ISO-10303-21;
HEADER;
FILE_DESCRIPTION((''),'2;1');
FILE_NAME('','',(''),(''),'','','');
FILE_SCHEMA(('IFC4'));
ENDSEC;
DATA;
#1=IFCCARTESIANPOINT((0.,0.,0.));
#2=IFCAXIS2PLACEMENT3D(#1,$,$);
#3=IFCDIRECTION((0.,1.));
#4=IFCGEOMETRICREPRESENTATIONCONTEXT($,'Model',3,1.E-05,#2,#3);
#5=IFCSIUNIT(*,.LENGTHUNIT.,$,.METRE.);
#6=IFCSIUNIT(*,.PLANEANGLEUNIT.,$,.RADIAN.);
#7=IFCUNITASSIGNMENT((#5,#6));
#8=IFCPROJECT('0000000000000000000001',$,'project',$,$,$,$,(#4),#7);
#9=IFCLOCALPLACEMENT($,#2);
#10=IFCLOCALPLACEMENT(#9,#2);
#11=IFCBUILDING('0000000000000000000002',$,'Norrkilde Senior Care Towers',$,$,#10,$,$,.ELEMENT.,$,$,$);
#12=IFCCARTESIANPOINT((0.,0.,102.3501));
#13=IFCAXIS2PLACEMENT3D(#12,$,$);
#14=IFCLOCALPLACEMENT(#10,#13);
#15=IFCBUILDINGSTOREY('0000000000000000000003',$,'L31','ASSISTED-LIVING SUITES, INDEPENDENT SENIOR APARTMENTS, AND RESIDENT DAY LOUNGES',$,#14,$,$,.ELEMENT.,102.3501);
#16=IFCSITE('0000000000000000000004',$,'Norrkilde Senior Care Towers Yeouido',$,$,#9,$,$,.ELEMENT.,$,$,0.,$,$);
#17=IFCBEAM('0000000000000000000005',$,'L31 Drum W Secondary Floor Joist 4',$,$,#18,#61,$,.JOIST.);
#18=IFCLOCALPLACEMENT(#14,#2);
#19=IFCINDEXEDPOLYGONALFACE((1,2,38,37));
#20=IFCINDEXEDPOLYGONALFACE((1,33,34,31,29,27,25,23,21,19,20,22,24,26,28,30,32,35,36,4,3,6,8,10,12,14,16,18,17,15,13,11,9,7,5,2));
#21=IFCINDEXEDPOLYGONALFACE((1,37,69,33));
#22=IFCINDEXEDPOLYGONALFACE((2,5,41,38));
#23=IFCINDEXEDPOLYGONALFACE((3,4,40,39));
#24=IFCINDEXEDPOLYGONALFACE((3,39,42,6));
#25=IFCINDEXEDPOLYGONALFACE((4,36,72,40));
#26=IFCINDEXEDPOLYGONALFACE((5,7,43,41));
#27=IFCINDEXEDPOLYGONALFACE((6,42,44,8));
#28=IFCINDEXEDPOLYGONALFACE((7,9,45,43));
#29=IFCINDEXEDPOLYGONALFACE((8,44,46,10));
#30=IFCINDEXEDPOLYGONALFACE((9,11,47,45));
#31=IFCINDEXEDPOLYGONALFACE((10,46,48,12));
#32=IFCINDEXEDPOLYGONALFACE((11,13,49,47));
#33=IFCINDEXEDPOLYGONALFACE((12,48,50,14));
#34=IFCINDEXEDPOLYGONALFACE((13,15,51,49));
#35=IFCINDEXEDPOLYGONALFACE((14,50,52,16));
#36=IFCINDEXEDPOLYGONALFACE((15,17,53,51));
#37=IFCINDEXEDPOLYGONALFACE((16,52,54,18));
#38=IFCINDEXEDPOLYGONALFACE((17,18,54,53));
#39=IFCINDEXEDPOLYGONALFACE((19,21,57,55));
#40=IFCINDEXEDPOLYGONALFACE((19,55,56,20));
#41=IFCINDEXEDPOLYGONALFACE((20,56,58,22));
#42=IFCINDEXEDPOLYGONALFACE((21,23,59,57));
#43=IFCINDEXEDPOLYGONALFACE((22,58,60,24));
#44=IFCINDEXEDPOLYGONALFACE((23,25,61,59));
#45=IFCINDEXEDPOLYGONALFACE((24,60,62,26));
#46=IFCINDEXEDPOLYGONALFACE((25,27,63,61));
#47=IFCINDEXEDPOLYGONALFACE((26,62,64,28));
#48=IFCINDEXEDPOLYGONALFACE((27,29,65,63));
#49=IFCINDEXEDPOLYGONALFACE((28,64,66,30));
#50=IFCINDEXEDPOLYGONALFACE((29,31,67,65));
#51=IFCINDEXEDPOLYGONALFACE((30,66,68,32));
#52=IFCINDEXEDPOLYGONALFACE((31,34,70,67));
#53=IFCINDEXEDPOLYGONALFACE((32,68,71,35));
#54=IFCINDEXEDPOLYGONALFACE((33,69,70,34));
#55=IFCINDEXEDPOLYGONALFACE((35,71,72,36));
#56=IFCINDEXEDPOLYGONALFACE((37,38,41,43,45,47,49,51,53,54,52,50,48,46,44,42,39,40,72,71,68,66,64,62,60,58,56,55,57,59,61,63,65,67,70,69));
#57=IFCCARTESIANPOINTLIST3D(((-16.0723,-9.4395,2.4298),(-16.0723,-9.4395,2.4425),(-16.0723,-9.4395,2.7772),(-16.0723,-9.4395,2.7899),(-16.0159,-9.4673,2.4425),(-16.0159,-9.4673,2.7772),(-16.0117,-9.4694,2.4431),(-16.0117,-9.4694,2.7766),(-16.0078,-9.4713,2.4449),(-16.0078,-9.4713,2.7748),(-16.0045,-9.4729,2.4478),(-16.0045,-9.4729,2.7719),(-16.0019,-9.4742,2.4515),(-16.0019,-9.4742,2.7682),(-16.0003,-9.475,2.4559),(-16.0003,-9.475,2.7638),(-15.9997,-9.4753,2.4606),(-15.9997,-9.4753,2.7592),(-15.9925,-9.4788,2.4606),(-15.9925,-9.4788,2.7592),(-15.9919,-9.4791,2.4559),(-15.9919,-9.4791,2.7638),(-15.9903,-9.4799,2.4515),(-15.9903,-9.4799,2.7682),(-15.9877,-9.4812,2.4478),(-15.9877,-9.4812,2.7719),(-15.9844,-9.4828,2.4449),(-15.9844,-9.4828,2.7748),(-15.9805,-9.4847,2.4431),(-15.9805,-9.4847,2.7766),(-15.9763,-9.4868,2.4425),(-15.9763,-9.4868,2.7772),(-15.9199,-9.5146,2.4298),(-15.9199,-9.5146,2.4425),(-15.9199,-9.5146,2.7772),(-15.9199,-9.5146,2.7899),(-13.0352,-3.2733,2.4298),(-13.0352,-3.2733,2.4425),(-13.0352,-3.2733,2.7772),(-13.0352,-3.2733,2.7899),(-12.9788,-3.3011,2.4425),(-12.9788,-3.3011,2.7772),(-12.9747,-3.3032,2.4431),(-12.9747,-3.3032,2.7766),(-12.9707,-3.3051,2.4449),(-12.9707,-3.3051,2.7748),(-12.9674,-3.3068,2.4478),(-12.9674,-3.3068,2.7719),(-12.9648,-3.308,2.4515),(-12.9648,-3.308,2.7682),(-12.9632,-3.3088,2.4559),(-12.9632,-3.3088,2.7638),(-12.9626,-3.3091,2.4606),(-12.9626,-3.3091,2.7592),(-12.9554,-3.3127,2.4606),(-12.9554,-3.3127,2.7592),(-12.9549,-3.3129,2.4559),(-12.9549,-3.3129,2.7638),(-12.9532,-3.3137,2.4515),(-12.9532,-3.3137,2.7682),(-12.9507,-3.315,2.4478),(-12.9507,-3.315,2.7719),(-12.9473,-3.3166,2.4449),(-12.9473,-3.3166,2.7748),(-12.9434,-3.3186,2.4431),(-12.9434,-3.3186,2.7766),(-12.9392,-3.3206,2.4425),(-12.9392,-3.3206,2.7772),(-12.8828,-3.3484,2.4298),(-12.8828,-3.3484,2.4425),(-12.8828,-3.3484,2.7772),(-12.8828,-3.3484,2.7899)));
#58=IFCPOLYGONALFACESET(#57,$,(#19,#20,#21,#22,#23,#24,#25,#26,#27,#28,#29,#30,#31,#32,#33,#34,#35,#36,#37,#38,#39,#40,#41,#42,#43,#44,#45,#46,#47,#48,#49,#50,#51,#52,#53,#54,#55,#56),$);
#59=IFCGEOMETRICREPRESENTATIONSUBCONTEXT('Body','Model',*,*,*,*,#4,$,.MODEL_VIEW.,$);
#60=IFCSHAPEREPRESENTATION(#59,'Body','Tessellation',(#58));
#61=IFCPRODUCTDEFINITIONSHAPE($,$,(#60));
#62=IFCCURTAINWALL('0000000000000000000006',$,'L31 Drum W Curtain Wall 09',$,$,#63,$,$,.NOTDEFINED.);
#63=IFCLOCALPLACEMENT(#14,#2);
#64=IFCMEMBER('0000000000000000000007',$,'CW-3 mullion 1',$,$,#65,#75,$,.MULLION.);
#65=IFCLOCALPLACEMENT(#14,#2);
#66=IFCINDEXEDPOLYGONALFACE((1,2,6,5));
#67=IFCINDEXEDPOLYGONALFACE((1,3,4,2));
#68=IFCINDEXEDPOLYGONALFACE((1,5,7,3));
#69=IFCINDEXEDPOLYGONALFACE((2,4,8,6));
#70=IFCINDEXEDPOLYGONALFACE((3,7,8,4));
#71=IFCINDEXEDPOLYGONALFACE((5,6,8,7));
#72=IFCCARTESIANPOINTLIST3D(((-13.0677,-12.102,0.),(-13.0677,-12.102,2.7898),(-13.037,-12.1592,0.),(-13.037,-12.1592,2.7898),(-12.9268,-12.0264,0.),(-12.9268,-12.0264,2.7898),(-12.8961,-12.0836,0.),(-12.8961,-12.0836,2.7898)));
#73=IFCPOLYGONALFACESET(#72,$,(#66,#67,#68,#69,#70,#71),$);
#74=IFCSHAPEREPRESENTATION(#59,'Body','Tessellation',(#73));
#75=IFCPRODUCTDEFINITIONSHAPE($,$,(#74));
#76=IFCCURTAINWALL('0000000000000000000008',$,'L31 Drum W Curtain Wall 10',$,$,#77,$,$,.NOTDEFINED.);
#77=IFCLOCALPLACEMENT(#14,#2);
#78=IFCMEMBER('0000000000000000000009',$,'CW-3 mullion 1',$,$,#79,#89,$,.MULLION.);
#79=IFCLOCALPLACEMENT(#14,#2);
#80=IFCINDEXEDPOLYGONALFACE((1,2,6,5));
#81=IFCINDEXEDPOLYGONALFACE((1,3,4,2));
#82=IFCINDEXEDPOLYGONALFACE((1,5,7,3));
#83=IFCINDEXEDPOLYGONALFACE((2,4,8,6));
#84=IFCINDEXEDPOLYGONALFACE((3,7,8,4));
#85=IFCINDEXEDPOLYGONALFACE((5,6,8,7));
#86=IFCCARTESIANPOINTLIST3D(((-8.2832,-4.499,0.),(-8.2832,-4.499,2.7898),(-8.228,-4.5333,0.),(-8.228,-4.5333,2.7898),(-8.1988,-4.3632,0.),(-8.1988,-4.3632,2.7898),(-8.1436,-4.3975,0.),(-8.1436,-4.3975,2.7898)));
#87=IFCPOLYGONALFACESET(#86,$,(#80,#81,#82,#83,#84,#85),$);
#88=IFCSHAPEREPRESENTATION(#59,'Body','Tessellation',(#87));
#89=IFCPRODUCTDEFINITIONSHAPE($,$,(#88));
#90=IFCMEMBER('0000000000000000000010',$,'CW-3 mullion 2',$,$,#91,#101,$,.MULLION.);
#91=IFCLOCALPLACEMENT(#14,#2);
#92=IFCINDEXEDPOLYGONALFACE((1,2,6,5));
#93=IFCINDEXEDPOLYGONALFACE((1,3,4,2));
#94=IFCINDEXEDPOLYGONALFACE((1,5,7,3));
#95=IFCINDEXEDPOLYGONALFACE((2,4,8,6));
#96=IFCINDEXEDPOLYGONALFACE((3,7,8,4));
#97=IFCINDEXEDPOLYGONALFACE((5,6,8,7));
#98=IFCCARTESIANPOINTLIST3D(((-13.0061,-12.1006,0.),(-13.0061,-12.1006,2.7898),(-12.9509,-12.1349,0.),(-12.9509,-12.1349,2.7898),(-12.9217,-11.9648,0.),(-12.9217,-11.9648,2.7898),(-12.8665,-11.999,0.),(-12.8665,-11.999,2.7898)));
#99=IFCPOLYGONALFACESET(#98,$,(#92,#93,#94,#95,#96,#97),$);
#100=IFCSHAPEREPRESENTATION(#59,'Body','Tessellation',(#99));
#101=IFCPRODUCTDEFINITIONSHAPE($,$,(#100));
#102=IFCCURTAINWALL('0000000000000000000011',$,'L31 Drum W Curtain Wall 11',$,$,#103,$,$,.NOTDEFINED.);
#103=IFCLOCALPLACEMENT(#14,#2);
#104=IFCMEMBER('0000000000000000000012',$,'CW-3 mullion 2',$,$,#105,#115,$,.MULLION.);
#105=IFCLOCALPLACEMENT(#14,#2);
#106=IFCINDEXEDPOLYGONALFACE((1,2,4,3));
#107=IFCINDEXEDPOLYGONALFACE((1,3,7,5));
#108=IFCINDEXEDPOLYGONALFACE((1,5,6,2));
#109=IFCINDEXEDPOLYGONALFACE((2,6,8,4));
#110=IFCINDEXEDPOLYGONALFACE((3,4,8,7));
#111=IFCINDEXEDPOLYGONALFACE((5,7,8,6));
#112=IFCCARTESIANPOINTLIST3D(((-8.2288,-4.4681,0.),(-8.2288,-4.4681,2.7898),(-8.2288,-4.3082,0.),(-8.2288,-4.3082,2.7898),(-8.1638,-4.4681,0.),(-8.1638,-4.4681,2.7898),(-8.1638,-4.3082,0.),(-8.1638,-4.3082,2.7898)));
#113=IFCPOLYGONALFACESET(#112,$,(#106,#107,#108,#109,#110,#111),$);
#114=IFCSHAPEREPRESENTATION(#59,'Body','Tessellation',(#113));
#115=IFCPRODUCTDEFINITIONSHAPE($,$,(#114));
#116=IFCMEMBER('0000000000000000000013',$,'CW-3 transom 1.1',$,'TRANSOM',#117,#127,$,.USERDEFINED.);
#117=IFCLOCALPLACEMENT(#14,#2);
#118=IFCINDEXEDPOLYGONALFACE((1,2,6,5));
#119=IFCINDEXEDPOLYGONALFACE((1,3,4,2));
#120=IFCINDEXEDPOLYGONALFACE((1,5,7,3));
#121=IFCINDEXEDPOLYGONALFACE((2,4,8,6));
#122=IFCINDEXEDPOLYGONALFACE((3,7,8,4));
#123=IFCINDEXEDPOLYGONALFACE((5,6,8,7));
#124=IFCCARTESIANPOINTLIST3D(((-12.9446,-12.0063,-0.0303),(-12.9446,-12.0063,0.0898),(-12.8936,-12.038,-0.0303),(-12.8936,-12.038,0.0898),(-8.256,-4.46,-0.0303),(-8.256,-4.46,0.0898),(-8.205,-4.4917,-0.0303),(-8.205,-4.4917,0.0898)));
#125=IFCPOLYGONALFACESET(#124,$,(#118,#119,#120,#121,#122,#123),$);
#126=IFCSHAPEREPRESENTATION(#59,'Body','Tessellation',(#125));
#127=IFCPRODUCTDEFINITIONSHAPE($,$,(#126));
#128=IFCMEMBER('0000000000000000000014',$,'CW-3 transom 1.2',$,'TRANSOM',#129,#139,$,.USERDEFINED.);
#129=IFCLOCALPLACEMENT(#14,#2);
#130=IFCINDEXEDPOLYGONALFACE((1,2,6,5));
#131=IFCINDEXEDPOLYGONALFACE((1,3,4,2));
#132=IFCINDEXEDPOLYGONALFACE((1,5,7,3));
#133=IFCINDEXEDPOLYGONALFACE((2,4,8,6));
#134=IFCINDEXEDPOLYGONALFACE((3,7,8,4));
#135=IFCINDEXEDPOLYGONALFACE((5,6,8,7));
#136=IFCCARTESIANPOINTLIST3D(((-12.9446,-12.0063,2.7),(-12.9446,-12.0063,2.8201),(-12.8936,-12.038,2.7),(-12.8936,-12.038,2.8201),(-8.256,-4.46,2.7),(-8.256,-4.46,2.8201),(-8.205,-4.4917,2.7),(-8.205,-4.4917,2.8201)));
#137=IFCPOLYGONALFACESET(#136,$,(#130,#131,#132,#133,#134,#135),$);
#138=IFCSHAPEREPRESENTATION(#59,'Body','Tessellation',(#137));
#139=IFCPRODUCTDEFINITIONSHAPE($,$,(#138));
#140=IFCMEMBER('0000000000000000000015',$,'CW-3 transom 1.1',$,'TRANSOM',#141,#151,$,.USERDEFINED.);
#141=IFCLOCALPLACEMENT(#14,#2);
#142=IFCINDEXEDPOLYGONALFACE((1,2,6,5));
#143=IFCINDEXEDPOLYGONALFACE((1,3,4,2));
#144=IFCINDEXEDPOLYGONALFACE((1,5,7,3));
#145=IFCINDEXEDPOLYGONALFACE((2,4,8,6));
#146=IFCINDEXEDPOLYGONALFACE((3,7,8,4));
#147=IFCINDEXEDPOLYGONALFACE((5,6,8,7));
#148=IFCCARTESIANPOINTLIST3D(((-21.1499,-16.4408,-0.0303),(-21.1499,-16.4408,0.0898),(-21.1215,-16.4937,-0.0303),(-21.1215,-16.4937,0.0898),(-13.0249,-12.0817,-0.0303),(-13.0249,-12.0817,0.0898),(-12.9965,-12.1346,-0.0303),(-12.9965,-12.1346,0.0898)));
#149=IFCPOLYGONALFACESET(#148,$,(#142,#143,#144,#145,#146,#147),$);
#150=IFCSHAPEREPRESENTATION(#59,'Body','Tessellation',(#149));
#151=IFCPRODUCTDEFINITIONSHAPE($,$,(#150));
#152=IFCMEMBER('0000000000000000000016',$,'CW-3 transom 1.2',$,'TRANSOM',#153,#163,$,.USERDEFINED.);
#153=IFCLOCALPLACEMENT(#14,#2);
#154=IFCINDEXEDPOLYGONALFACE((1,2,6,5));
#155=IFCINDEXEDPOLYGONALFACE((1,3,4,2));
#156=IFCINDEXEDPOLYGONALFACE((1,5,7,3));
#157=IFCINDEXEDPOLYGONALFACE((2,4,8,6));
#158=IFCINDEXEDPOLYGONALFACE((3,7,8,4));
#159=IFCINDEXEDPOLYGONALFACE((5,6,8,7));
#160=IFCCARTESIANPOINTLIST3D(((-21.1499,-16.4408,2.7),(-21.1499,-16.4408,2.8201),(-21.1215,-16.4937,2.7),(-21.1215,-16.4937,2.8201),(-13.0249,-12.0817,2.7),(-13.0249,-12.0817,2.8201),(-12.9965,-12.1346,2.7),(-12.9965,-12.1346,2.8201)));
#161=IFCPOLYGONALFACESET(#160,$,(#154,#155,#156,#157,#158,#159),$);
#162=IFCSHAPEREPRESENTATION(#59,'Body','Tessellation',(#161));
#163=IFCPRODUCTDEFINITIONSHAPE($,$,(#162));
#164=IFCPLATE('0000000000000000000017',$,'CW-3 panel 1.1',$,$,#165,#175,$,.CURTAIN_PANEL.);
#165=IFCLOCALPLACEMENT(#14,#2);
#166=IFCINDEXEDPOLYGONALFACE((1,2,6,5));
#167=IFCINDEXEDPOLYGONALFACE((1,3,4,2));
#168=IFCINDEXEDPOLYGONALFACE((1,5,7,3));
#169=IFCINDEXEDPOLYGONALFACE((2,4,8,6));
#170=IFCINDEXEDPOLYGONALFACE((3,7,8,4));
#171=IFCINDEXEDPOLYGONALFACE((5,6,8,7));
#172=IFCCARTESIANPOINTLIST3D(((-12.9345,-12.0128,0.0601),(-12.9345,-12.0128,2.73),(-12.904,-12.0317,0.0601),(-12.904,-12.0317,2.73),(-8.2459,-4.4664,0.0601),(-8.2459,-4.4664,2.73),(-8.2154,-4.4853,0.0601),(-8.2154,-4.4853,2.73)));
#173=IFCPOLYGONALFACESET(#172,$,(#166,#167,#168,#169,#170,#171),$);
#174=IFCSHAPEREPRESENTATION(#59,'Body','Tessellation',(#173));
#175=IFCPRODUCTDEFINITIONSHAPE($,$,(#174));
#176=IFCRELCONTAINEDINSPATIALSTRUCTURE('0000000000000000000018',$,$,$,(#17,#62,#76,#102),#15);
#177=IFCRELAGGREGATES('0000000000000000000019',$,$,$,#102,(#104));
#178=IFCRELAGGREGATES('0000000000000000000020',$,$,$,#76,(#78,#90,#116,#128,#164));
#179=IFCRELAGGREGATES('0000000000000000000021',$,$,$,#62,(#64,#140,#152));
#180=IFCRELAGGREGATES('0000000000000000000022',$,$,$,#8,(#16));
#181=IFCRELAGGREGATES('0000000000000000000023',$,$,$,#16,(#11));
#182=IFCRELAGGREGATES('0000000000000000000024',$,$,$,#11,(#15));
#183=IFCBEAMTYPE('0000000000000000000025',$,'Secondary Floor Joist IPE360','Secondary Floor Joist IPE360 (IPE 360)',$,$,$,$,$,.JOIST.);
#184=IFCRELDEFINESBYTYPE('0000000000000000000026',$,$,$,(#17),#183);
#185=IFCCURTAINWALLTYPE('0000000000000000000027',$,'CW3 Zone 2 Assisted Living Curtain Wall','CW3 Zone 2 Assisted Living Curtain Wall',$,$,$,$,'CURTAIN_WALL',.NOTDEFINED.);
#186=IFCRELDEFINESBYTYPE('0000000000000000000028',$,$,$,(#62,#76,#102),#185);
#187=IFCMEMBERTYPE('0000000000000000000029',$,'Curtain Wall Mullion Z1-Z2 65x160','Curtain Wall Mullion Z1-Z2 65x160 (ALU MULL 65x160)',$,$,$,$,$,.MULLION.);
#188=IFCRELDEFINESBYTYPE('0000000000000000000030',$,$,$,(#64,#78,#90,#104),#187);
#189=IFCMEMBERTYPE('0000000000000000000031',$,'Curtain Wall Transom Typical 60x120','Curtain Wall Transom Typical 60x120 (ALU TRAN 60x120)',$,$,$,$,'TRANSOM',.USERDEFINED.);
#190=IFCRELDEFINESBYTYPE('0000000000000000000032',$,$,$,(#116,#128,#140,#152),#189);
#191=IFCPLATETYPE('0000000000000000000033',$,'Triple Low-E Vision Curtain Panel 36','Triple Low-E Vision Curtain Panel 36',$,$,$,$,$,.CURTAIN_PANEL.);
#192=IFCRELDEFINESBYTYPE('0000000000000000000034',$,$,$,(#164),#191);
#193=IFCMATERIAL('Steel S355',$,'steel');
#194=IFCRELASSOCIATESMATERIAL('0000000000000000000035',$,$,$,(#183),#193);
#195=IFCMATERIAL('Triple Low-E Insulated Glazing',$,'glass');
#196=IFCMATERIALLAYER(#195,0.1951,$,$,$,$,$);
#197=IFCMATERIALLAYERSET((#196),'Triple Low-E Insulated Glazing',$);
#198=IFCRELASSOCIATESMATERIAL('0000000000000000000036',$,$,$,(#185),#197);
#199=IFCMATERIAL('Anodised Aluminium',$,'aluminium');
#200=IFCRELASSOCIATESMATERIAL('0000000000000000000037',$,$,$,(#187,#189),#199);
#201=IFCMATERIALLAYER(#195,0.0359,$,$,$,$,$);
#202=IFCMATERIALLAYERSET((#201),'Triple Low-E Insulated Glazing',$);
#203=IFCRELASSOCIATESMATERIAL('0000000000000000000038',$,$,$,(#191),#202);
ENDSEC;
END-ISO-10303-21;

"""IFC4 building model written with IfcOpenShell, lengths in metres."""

from ifc_helpers import new_model, si_unit, direction, frame, origin, origin_2d, place, context, subcontext, project, spatial, rectangle, i_section, extrude, source, transform, mapped, material, layer, layer_set, material_profile, profile_set, type_object, type_shapes, element, aggregate, save


model = new_model("IFC4")

# Units and contexts
model_context = context("Model", 3, precision=1e-05, world=origin(), true_north=direction((0.0, 1.0)))
body_context = subcontext(model_context, "Body", "Model", "MODEL_VIEW")
ifc_project = project(units=[si_unit("LENGTHUNIT", "METRE"), si_unit("PLANEANGLEUNIT", "RADIAN")], contexts=[model_context])

# Site, building, storey
site_placement = place(None, origin())
site = spatial("IfcSite", under=ifc_project, at=site_placement, Name="Norrkilde Senior Care Towers Yeouido", CompositionType="ELEMENT", RefElevation=0.0)
building_placement = place(site_placement, origin())
building = spatial("IfcBuilding", under=site, at=building_placement, Name="Norrkilde Senior Care Towers", CompositionType="ELEMENT")
storey_placement = place(building_placement, frame((0.0, 0.0, 102.3501)))
storey = spatial("IfcBuildingStorey", under=building, at=storey_placement, Name="L31", Description="ASSISTED-LIVING SUITES, INDEPENDENT SENIOR APARTMENTS, AND RESIDENT DAY LOUNGES", CompositionType="ELEMENT", Elevation=102.3501)

# Beam
ifc_material_1 = material(Name="Steel S355", Category="steel")
ifc_material_profile_1 = material_profile(ifc_material_1, i_section(OverallWidth=0.1699, OverallDepth=0.3601, WebThickness=0.0081, FlangeThickness=0.0127, FilletRadius=0.0181, at=origin_2d()), Name="IPE 360")
ifc_profile_set_1 = profile_set([ifc_material_profile_1], Name="Steel S355")
beam_type_1 = type_object("IfcBeamType", Name="Secondary Floor Joist IPE360", Description="Secondary Floor Joist IPE360 (IPE 360)", PredefinedType="JOIST", material=ifc_profile_set_1)
shared_shape_1 = source(origin(), body_context, "Body", "SweptSolid", [
    extrude(i_section(OverallWidth=0.1699, OverallDepth=0.3601, WebThickness=0.0081, FlangeThickness=0.0127, FilletRadius=0.0181, at=origin_2d()), origin(), (0.0, 0.0, 1.0), 6.8735),
])
type_shapes(beam_type_1, [shared_shape_1])
beam_1_placement = place(storey_placement, frame((-15.9961, -9.4771, 2.6099), z_axis=(0.441849, 0.897089, 0.0), x_axis=(-0.897089, 0.441849, 0.0)))
element("IfcBeam", 1, at=beam_1_placement, inside=storey, type_object=beam_type_1, Name="L31 Drum W Secondary Floor Joist 4", PredefinedType="JOIST", context=body_context, shape_type="MappedRepresentation", body=[
    mapped(shared_shape_1, transform((0.0, 0.0, 0.0), x_axis=(1.0, 0.0, 0.0), y_axis=(0.0, 1.0, 0.0), z_axis=(0.0, 0.0, 1.0), scale=1.0)),
])

# Curtain wall, member
ifc_material_2 = material(Name="Triple Low-E Insulated Glazing", Category="glass")
ifc_layer_1 = layer(ifc_material_2, 0.1951)
ifc_layer_set_1 = layer_set([ifc_layer_1], Name="Triple Low-E Insulated Glazing")
curtain_wall_type = type_object("IfcCurtainWallType", Name="CW3 Zone 2 Assisted Living Curtain Wall", Description="CW3 Zone 2 Assisted Living Curtain Wall", ElementType="CURTAIN_WALL", PredefinedType="NOTDEFINED", material=ifc_layer_set_1)
curtain_wall_1_placement = place(storey_placement, origin())
curtain_wall_1 = element("IfcCurtainWall", 2, at=curtain_wall_1_placement, inside=storey, type_object=curtain_wall_type, Name="L31 Drum W Curtain Wall 09", PredefinedType="NOTDEFINED")
ifc_material_3 = material(Name="Anodised Aluminium", Category="aluminium")
ifc_material_profile_2 = material_profile(ifc_material_3, rectangle(XDim=0.0649, YDim=0.1599, at=origin_2d()), Name="ALU MULL 65x160")
ifc_profile_set_2 = profile_set([ifc_material_profile_2], Name="Anodised Aluminium")
member_type_1 = type_object("IfcMemberType", Name="Curtain Wall Mullion Z1-Z2 65x160", Description="Curtain Wall Mullion Z1-Z2 65x160 (ALU MULL 65x160)", PredefinedType="MULLION", material=ifc_profile_set_2)
shared_shape_2 = source(origin(), body_context, "Body", "SweptSolid", [
    extrude(rectangle(XDim=0.0649, YDim=0.1599, at=origin_2d()), origin(), (0.0, 0.0, 1.0), 2.7898),
])
type_shapes(member_type_1, [shared_shape_2])
member_1_placement = place(storey_placement, frame((-12.9819, -12.0928, 0.0), z_axis=(0.0, 0.0, 1.0), x_axis=(0.472769, -0.881186, 0.0)))
member_1 = element("IfcMember", 3, at=member_1_placement, type_object=member_type_1, Name="CW-3 mullion 1", PredefinedType="MULLION", context=body_context, shape_type="MappedRepresentation", body=[
    mapped(shared_shape_2, transform((0.0, 0.0, 0.0), x_axis=(1.0, 0.0, 0.0), y_axis=(0.0, 1.0, 0.0), z_axis=(0.0, 0.0, 1.0), scale=1.0)),
])

# Curtain wall, members
curtain_wall_2_placement = place(storey_placement, origin())
curtain_wall_2 = element("IfcCurtainWall", 4, at=curtain_wall_2_placement, inside=storey, type_object=curtain_wall_type, Name="L31 Drum W Curtain Wall 10", PredefinedType="NOTDEFINED")
member_2_placement = place(storey_placement, frame((-8.2134, -4.4482, 0.0), z_axis=(0.0, 0.0, 1.0), x_axis=(0.84941, -0.527733, 0.0)))
member_2 = element("IfcMember", 5, at=member_2_placement, type_object=member_type_1, Name="CW-3 mullion 1", PredefinedType="MULLION", context=body_context, shape_type="MappedRepresentation", body=[
    mapped(shared_shape_2, transform((0.0, 0.0, 0.0), x_axis=(1.0, 0.0, 0.0), y_axis=(0.0, 1.0, 0.0), z_axis=(0.0, 0.0, 1.0), scale=1.0)),
])
member_3_placement = place(storey_placement, frame((-12.9363, -12.0498, 0.0), z_axis=(0.0, 0.0, 1.0), x_axis=(0.84941, -0.527733, 0.0)))
member_3 = element("IfcMember", 6, at=member_3_placement, type_object=member_type_1, Name="CW-3 mullion 2", PredefinedType="MULLION", context=body_context, shape_type="MappedRepresentation", body=[
    mapped(shared_shape_2, transform((0.0, 0.0, 0.0), x_axis=(1.0, 0.0, 0.0), y_axis=(0.0, 1.0, 0.0), z_axis=(0.0, 0.0, 1.0), scale=1.0)),
])

# Curtain wall, member
curtain_wall_3_placement = place(storey_placement, origin())
curtain_wall_3 = element("IfcCurtainWall", 7, at=curtain_wall_3_placement, inside=storey, type_object=curtain_wall_type, Name="L31 Drum W Curtain Wall 11", PredefinedType="NOTDEFINED")
member_4_placement = place(storey_placement, frame((-8.1963, -4.3882, 0.0), z_axis=(0.0, 0.0, 1.0), x_axis=(1.0, 0.0, 0.0)))
member_4 = element("IfcMember", 8, at=member_4_placement, type_object=member_type_1, Name="CW-3 mullion 2", PredefinedType="MULLION", context=body_context, shape_type="MappedRepresentation", body=[
    mapped(shared_shape_2, transform((0.0, 0.0, 0.0), x_axis=(1.0, 0.0, 0.0), y_axis=(0.0, 1.0, 0.0), z_axis=(0.0, 0.0, 1.0), scale=1.0)),
])
aggregate(curtain_wall_3, [member_4])

# Members
ifc_material_profile_3 = material_profile(ifc_material_3, rectangle(XDim=0.0601, YDim=0.1201, at=origin_2d()), Name="ALU TRAN 60x120")
ifc_profile_set_3 = profile_set([ifc_material_profile_3], Name="Anodised Aluminium")
member_type_2 = type_object("IfcMemberType", Name="Curtain Wall Transom Typical 60x120", Description="Curtain Wall Transom Typical 60x120 (ALU TRAN 60x120)", ElementType="TRANSOM", PredefinedType="USERDEFINED", material=ifc_profile_set_3)
shared_shape_3 = source(origin(), body_context, "Body", "SweptSolid", [
    extrude(rectangle(XDim=0.0601, YDim=0.1201, at=origin_2d()), origin(), (0.0, 0.0, 1.0), 8.8843),
])
member_5_placement = place(storey_placement, frame((-8.2305, -4.4758, 0.0298), z_axis=(-0.527749, -0.8494, 0.0), x_axis=(0.8494, -0.527749, 0.0)))
member_5 = element("IfcMember", 9, at=member_5_placement, type_object=member_type_2, Name="CW-3 transom 1.1", ObjectType="TRANSOM", PredefinedType="USERDEFINED", context=body_context, shape_type="MappedRepresentation", body=[
    mapped(shared_shape_3, transform((0.0, 0.0, 0.0), x_axis=(1.0, 0.0, 0.0), y_axis=(0.0, 1.0, 0.0), z_axis=(0.0, 0.0, 1.0), scale=1.0)),
])
member_6_placement = place(storey_placement, frame((-8.2305, -4.4758, 2.76), z_axis=(-0.527749, -0.8494, 0.0), x_axis=(0.8494, -0.527749, 0.0)))
member_6 = element("IfcMember", 10, at=member_6_placement, type_object=member_type_2, Name="CW-3 transom 1.2", ObjectType="TRANSOM", PredefinedType="USERDEFINED", context=body_context, shape_type="MappedRepresentation", body=[
    mapped(shared_shape_3, transform((0.0, 0.0, 0.0), x_axis=(1.0, 0.0, 0.0), y_axis=(0.0, 1.0, 0.0), z_axis=(0.0, 0.0, 1.0), scale=1.0)),
])
shared_shape_4 = source(origin(), body_context, "Body", "SweptSolid", [
    extrude(rectangle(XDim=0.0601, YDim=0.1201, at=origin_2d()), origin(), (0.0, 0.0, 1.0), 9.2205),
])
type_shapes(member_type_2, [shared_shape_3, shared_shape_4])
member_7_placement = place(storey_placement, frame((-13.0107, -12.1082, 0.0298), z_axis=(-0.881189, -0.472765, 0.0), x_axis=(0.472765, -0.881189, 0.0)))
member_7 = element("IfcMember", 11, at=member_7_placement, type_object=member_type_2, Name="CW-3 transom 1.1", ObjectType="TRANSOM", PredefinedType="USERDEFINED", context=body_context, shape_type="MappedRepresentation", body=[
    mapped(shared_shape_4, transform((0.0, 0.0, 0.0), x_axis=(1.0, 0.0, 0.0), y_axis=(0.0, 1.0, 0.0), z_axis=(0.0, 0.0, 1.0), scale=1.0)),
])
member_8_placement = place(storey_placement, frame((-13.0107, -12.1082, 2.76), z_axis=(-0.881189, -0.472765, 0.0), x_axis=(0.472765, -0.881189, 0.0)))
member_8 = element("IfcMember", 12, at=member_8_placement, type_object=member_type_2, Name="CW-3 transom 1.2", ObjectType="TRANSOM", PredefinedType="USERDEFINED", context=body_context, shape_type="MappedRepresentation", body=[
    mapped(shared_shape_4, transform((0.0, 0.0, 0.0), x_axis=(1.0, 0.0, 0.0), y_axis=(0.0, 1.0, 0.0), z_axis=(0.0, 0.0, 1.0), scale=1.0)),
])

# Plate
ifc_layer_2 = layer(ifc_material_2, 0.0359)
ifc_layer_set_2 = layer_set([ifc_layer_2], Name="Triple Low-E Insulated Glazing")
plate_type = type_object("IfcPlateType", Name="Triple Low-E Vision Curtain Panel 36", Description="Triple Low-E Vision Curtain Panel 36", PredefinedType="CURTAIN_PANEL", material=ifc_layer_set_2)
shared_shape_5 = source(origin(), body_context, "Body", "SweptSolid", [
    extrude(rectangle(XDim=8.8843, YDim=0.0359, at=origin_2d()), origin(), (0.0, 0.0, 1.0), 2.6699),
])
plate_1_placement = place(storey_placement, frame((-10.575, -8.249, 0.0601), z_axis=(0.0, 0.0, 1.0), x_axis=(-0.527733, -0.84941, 0.0)))
plate_1 = element("IfcPlate", 13, at=plate_1_placement, type_object=plate_type, Name="CW-3 panel 1.1", PredefinedType="CURTAIN_PANEL", context=body_context, shape_type="MappedRepresentation", body=[
    mapped(shared_shape_5, transform((0.0, 0.0, 0.0), x_axis=(1.0, 0.0, 0.0), y_axis=(0.0, 1.0, 0.0), z_axis=(0.0, 0.0, 1.0), scale=1.0)),
])
aggregate(curtain_wall_2, [member_2, member_3, member_5, member_6, plate_1])
aggregate(curtain_wall_1, [member_1, member_7, member_8])

save(model, "model.ifc")
